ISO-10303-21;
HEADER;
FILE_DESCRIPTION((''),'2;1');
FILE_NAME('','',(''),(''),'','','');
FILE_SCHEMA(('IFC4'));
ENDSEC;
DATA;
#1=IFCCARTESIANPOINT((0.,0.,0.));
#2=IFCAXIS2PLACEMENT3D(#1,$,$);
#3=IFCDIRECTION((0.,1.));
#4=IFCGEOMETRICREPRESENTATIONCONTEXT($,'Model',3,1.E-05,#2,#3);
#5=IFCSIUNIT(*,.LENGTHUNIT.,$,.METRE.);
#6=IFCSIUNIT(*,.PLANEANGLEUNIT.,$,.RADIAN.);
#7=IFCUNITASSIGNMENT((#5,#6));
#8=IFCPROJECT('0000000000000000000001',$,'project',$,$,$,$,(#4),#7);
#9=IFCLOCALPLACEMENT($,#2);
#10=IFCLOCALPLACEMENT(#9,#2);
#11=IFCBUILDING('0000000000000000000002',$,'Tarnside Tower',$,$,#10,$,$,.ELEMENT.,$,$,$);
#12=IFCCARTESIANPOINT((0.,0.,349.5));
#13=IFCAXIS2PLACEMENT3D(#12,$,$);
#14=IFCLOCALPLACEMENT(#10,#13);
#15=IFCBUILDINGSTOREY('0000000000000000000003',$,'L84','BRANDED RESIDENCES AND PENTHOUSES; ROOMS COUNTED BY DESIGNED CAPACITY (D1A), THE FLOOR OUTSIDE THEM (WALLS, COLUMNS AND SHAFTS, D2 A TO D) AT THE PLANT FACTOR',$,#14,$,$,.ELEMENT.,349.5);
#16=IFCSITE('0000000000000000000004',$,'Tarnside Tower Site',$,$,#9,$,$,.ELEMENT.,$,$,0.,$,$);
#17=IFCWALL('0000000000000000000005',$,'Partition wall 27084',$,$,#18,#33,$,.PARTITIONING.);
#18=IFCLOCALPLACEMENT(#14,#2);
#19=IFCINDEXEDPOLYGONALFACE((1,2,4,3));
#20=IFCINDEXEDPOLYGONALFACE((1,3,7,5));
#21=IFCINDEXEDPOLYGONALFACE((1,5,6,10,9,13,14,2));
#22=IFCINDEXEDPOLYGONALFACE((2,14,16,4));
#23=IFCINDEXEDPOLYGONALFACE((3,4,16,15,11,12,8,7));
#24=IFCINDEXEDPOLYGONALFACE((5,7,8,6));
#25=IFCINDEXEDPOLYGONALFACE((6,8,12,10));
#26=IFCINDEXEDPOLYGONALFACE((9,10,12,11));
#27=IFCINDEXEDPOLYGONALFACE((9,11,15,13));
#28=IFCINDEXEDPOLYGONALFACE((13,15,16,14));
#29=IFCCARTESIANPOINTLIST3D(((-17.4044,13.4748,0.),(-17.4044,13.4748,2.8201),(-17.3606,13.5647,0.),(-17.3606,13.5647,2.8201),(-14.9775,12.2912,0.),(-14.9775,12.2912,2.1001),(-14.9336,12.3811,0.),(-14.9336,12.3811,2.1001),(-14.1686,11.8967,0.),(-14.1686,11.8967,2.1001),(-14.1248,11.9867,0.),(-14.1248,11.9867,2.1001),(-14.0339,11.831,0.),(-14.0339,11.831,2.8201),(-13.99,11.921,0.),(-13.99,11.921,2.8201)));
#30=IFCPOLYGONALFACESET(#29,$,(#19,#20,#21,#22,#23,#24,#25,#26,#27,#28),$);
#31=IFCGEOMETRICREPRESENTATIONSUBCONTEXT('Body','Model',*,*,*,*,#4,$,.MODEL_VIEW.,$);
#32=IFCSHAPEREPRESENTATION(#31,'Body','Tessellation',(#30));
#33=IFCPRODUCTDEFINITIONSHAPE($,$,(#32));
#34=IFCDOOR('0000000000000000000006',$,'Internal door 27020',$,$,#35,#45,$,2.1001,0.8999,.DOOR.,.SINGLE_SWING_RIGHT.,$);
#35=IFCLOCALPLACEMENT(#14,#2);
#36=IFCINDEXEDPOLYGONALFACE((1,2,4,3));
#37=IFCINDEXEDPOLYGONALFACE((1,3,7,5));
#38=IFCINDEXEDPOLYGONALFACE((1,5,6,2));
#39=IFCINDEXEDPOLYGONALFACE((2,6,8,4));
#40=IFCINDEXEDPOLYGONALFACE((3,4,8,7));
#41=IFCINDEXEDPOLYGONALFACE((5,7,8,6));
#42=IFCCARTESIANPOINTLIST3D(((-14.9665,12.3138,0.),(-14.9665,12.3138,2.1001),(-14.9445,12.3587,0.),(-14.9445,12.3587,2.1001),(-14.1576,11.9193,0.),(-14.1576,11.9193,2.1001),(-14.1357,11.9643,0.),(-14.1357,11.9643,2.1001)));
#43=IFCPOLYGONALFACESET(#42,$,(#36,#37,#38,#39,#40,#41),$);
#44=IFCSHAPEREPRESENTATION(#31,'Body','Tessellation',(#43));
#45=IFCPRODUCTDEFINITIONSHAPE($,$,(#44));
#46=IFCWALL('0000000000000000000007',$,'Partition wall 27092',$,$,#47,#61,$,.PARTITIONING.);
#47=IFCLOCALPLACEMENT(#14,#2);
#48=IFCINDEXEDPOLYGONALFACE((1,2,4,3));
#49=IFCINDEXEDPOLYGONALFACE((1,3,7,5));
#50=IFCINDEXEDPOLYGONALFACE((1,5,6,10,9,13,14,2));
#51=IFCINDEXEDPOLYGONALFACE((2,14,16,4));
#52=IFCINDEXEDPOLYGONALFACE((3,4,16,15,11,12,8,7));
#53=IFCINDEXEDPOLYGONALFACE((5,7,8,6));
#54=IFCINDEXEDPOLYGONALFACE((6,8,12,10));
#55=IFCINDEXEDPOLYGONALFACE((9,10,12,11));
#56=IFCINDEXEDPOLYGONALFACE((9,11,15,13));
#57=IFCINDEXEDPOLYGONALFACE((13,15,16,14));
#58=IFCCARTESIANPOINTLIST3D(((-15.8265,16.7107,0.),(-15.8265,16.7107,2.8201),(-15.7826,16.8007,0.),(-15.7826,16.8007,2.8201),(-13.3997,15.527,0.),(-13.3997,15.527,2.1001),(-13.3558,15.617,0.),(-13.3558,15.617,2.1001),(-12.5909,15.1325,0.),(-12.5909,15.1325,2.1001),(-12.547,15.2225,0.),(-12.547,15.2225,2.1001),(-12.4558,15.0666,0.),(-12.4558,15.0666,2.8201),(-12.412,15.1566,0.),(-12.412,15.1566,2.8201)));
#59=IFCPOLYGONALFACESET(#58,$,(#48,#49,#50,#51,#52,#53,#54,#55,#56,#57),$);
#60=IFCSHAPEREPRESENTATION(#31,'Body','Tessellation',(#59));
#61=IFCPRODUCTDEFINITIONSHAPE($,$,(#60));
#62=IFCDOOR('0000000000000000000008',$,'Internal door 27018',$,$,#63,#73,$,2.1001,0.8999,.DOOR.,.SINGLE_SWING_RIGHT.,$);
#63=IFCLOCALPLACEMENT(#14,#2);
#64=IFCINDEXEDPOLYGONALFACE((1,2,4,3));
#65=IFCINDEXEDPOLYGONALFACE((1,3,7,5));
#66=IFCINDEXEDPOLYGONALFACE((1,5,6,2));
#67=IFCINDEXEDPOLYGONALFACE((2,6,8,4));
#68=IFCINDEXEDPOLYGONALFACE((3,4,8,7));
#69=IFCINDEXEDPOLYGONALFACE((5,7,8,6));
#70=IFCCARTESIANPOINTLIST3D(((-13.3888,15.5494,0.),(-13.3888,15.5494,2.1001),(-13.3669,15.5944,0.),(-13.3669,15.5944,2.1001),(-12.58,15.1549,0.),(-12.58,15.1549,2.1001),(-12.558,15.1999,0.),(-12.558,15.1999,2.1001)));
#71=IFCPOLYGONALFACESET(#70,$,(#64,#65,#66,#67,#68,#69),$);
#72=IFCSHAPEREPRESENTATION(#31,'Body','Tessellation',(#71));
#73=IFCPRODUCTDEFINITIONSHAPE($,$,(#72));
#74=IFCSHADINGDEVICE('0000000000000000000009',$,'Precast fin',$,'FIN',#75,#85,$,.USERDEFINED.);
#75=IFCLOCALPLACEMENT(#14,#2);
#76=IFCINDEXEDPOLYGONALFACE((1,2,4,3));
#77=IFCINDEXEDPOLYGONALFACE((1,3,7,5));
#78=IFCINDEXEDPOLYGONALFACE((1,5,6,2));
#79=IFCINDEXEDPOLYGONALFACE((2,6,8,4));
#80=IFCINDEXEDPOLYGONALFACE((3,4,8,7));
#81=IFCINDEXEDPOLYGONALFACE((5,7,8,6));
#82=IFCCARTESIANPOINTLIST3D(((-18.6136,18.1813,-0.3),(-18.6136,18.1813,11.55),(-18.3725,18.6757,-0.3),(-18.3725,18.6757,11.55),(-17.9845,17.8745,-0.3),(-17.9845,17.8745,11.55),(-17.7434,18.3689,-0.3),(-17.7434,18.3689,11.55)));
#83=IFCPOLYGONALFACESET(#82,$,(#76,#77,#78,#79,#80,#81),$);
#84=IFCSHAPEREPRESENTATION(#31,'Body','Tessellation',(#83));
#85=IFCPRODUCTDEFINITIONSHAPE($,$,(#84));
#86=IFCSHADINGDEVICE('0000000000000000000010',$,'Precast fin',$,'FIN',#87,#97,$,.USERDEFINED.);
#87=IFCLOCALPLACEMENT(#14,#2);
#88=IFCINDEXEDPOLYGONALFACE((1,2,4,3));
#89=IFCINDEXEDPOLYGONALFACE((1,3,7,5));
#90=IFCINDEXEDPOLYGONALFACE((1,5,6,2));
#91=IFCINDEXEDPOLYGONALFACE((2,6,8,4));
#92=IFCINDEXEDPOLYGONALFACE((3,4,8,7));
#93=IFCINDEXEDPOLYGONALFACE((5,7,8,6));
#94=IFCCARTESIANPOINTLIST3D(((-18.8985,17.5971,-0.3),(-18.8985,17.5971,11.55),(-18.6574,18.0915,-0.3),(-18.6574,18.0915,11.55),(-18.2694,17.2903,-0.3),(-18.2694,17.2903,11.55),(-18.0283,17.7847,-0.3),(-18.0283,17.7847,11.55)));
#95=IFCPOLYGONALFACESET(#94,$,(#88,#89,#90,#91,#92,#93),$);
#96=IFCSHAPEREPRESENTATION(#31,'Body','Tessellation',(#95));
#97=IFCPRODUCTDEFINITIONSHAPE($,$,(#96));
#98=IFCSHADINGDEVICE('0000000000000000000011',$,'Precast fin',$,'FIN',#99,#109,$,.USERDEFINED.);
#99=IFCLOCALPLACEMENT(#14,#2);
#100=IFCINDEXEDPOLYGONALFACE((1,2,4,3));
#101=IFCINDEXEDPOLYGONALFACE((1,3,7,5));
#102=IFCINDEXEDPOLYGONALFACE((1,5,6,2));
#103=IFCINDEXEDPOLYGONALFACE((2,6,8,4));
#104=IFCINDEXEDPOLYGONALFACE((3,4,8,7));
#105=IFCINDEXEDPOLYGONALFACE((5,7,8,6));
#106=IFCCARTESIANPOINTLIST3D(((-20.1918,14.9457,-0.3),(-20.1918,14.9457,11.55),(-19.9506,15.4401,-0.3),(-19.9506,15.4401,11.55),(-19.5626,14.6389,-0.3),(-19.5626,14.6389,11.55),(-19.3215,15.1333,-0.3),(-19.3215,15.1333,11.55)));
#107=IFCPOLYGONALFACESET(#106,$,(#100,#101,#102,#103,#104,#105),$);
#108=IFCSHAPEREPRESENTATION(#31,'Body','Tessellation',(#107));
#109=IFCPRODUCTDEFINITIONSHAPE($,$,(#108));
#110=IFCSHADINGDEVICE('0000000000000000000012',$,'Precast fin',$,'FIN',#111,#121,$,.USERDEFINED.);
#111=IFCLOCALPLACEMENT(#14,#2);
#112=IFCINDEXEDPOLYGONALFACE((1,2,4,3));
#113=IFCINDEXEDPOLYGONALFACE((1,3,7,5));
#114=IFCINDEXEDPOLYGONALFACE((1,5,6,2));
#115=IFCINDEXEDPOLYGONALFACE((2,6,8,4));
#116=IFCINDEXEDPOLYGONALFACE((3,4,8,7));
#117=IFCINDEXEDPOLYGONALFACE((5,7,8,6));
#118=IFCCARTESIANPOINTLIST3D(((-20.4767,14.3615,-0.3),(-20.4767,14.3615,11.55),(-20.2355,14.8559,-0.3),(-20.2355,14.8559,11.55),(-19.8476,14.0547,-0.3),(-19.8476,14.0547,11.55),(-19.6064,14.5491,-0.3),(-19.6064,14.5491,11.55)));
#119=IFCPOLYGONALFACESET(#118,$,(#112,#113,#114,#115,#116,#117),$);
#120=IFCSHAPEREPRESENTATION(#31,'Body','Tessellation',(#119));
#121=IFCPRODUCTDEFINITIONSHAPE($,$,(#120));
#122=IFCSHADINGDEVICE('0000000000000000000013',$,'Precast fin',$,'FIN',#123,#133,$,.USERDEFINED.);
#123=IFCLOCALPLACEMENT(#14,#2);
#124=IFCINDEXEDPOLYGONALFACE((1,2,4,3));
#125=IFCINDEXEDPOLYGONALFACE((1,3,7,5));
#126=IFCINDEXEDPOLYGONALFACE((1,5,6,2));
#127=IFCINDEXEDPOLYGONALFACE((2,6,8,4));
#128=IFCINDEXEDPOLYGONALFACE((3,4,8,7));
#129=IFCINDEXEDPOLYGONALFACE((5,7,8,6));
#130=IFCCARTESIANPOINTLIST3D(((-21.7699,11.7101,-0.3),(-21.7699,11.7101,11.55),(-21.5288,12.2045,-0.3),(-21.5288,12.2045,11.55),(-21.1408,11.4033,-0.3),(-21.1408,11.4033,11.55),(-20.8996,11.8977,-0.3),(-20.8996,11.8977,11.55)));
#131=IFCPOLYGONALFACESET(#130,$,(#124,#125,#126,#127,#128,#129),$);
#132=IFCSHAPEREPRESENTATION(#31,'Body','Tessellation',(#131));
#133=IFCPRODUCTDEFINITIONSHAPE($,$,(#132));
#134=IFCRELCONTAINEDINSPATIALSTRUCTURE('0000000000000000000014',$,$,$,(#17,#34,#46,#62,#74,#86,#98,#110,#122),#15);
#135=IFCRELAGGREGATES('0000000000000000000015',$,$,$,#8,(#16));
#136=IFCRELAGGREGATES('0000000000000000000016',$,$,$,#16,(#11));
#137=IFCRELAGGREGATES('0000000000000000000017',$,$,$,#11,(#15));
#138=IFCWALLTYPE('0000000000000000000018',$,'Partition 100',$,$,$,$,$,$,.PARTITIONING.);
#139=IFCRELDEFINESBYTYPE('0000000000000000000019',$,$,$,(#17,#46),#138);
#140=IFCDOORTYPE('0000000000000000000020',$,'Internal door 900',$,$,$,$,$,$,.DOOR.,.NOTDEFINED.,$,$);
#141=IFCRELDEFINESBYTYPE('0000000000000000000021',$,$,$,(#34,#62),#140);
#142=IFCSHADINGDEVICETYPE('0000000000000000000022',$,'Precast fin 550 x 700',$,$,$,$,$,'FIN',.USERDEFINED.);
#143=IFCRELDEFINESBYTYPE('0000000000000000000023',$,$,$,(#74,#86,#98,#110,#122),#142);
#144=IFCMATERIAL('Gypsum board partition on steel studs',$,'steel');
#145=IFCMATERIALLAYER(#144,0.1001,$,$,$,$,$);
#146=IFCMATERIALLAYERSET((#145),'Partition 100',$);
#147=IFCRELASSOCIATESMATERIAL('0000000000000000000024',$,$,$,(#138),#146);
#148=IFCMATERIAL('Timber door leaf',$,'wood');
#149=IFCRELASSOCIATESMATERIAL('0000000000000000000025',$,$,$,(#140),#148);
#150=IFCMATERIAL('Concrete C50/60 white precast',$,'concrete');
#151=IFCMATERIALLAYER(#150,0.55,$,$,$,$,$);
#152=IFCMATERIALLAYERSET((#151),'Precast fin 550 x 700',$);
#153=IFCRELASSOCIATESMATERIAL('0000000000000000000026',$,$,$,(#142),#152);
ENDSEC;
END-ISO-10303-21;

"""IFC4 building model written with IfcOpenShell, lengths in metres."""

from ifc_helpers import new_model, si_unit, direction, frame, frame_2d, origin, place, context, subcontext, project, spatial, polyline, rectangle, outline, extrude, material, layer, layer_set, type_object, element, fill, save


model = new_model("IFC4")

# Units and contexts
model_context = context("Model", 3, precision=1e-05, world=origin(), true_north=direction((0.0, 1.0)))
body_context = subcontext(model_context, "Body", "Model", "MODEL_VIEW")
ifc_project = project(units=[si_unit("LENGTHUNIT", "METRE"), si_unit("PLANEANGLEUNIT", "RADIAN")], contexts=[model_context])

# Site, building, storey
site_placement = place(None, origin())
site = spatial("IfcSite", under=ifc_project, at=site_placement, Name="Tarnside Tower Site", CompositionType="ELEMENT", RefElevation=0.0)
building_placement = place(site_placement, origin())
building = spatial("IfcBuilding", under=site, at=building_placement, Name="Tarnside Tower", CompositionType="ELEMENT")
storey_placement = place(building_placement, frame((0.0, 0.0, 349.5)))
storey = spatial("IfcBuildingStorey", under=building, at=storey_placement, Name="L84", Description="BRANDED RESIDENCES AND PENTHOUSES; ROOMS COUNTED BY DESIGNED CAPACITY (D1A), THE FLOOR OUTSIDE THEM (WALLS, COLUMNS AND SHAFTS, D2 A TO D) AT THE PLANT FACTOR", CompositionType="ELEMENT", Elevation=349.5)

# Shared definitions
ifc_material_1 = material(Name="Gypsum board partition on steel studs", Category="steel")

# Walls, openings, doors
ifc_layer_1 = layer(ifc_material_1, 0.1001)
ifc_layer_set_1 = layer_set([ifc_layer_1], Name="Partition 100")
wall_type_1 = type_object("IfcWallType", Name="Partition 100", PredefinedType="PARTITIONING", material=ifc_layer_set_1)
wall_1_placement = place(storey_placement, frame((-14.012, 11.876, 0.0), z_axis=(0.0, 0.0, 1.0), x_axis=(-0.89881, 0.438338, 0.0)))
wall_1 = element("IfcWall", 1, at=wall_1_placement, inside=storey, type_object=wall_type_1, Name="Partition wall 27084", PredefinedType="PARTITIONING", context=body_context, shape_type="SweptSolid", body=[
    extrude(rectangle(XDim=3.75, YDim=0.1001, at=frame_2d((1.875, 0.0))), origin(), (0.0, 0.0, 1.0), 2.8201),
])
opening_1_placement = place(wall_1_placement, frame((0.1499, 0.0, 0.0)))
opening_1 = element("IfcOpeningElement", 2, at=opening_1_placement, cuts=wall_1, PredefinedType="OPENING", context=body_context, shape_type="SweptSolid", body=[
    extrude(rectangle(XDim=0.8999, YDim=2.1001, at=frame_2d((0.45, 1.05))), frame((0.0, 0.0601, 0.0), z_axis=(0.0, -1.0, 0.0), x_axis=(1.0, 0.0, 0.0)), (0.0, 0.0, 1.0), 0.1201),
])
ifc_material_2 = material(Name="Timber door leaf", Category="wood")
door_type = type_object("IfcDoorType", Name="Internal door 900", OperationType="NOTDEFINED", PredefinedType="DOOR", material=ifc_material_2)
door_1_placement = place(opening_1_placement, origin())
door_1 = element("IfcDoor", 3, at=door_1_placement, inside=storey, type_object=door_type, Name="Internal door 27020", OperationType="SINGLE_SWING_RIGHT", OverallHeight=2.1001, OverallWidth=0.8999, PredefinedType="DOOR", context=body_context, shape_type="SweptSolid", body=[
    extrude(rectangle(XDim=0.8999, YDim=2.1001, at=frame_2d((0.45, 1.05))), frame((0.0, 0.0249, 0.0), z_axis=(0.0, -1.0, 0.0), x_axis=(1.0, 0.0, 0.0)), (0.0, 0.0, 1.0), 0.05),
])
fill(opening_1, door_1)
wall_2_placement = place(storey_placement, frame((-15.8044, 16.7556, 0.0), z_axis=(0.0, 0.0, 1.0), x_axis=(0.898785, -0.43839, 0.0)))
wall_2 = element("IfcWall", 4, at=wall_2_placement, inside=storey, type_object=wall_type_1, Name="Partition wall 27092", PredefinedType="PARTITIONING", context=body_context, shape_type="SweptSolid", body=[
    extrude(rectangle(XDim=3.7502, YDim=0.1001, at=frame_2d((1.875, 0.0))), origin(), (0.0, 0.0, 1.0), 2.8201),
])
opening_2_placement = place(wall_2_placement, frame((2.7, 0.0, 0.0)))
opening_2 = element("IfcOpeningElement", 5, at=opening_2_placement, cuts=wall_2, PredefinedType="OPENING", context=body_context, shape_type="SweptSolid", body=[
    extrude(rectangle(XDim=0.8999, YDim=2.1001, at=frame_2d((0.45, 1.05))), frame((0.0, 0.0601, 0.0), z_axis=(0.0, -1.0, 0.0), x_axis=(1.0, 0.0, 0.0)), (0.0, 0.0, 1.0), 0.1201),
])
door_2_placement = place(opening_2_placement, origin())
door_2 = element("IfcDoor", 6, at=door_2_placement, inside=storey, type_object=door_type, Name="Internal door 27018", OperationType="SINGLE_SWING_RIGHT", OverallHeight=2.1001, OverallWidth=0.8999, PredefinedType="DOOR", context=body_context, shape_type="SweptSolid", body=[
    extrude(rectangle(XDim=0.8999, YDim=2.1001, at=frame_2d((0.45, 1.05))), frame((0.0, 0.0249, 0.0), z_axis=(0.0, -1.0, 0.0), x_axis=(1.0, 0.0, 0.0)), (0.0, 0.0, 1.0), 0.05),
])
fill(opening_2, door_2)

# Shading devices
ifc_material_3 = material(Name="Concrete C50/60 white precast", Category="concrete")
ifc_layer_2 = layer(ifc_material_3, 0.55)
ifc_layer_set_2 = layer_set([ifc_layer_2], Name="Precast fin 550 x 700")
shading_device_type = type_object("IfcShadingDeviceType", Name="Precast fin 550 x 700", ElementType="FIN", PredefinedType="USERDEFINED", material=ifc_layer_set_2)
for number, where, z_axis, x_axis, name in (
    (7, (-17.864, 18.1216, -0.3), (0.438371, 0.898794, 0.0), (-0.898794, 0.438371, 0.0), "Precast fin"),
    (8, (-18.1489, 17.5374, -0.3), (0.438371, 0.898794, 0.0), (-0.898794, 0.438371, 0.0), "Precast fin"),
    (9, (-19.4421, 14.886, -0.3), (0.438371, 0.898794, 0.0), (-0.898794, 0.438371, 0.0), "Precast fin"),
    (10, (-19.7271, 14.3018, -0.3), (0.438371, 0.898794, 0.0), (-0.898794, 0.438371, 0.0), "Precast fin"),
    (11, (-21.0203, 11.6504, -0.3), (0.438371, 0.898794, 0.0), (-0.898794, 0.438371, 0.0), "Precast fin"),
):
    element("IfcShadingDevice", number, at=place(storey_placement, frame(where, z_axis=z_axis, x_axis=x_axis)), inside=storey, type_object=shading_device_type, Name=name, ObjectType="FIN", PredefinedType="USERDEFINED", context=body_context, shape_type="SweptSolid", body=[
        extrude(outline(polyline([(0.0, 0.0), (0.7, 0.0), (0.7, 11.8501), (0.0, 11.8501), (0.0, 0.0)])), frame((0.0, 0.0, -0.2749)), (0.0, 0.0, 1.0), 0.55),
    ])

save(model, "model.ifc")
